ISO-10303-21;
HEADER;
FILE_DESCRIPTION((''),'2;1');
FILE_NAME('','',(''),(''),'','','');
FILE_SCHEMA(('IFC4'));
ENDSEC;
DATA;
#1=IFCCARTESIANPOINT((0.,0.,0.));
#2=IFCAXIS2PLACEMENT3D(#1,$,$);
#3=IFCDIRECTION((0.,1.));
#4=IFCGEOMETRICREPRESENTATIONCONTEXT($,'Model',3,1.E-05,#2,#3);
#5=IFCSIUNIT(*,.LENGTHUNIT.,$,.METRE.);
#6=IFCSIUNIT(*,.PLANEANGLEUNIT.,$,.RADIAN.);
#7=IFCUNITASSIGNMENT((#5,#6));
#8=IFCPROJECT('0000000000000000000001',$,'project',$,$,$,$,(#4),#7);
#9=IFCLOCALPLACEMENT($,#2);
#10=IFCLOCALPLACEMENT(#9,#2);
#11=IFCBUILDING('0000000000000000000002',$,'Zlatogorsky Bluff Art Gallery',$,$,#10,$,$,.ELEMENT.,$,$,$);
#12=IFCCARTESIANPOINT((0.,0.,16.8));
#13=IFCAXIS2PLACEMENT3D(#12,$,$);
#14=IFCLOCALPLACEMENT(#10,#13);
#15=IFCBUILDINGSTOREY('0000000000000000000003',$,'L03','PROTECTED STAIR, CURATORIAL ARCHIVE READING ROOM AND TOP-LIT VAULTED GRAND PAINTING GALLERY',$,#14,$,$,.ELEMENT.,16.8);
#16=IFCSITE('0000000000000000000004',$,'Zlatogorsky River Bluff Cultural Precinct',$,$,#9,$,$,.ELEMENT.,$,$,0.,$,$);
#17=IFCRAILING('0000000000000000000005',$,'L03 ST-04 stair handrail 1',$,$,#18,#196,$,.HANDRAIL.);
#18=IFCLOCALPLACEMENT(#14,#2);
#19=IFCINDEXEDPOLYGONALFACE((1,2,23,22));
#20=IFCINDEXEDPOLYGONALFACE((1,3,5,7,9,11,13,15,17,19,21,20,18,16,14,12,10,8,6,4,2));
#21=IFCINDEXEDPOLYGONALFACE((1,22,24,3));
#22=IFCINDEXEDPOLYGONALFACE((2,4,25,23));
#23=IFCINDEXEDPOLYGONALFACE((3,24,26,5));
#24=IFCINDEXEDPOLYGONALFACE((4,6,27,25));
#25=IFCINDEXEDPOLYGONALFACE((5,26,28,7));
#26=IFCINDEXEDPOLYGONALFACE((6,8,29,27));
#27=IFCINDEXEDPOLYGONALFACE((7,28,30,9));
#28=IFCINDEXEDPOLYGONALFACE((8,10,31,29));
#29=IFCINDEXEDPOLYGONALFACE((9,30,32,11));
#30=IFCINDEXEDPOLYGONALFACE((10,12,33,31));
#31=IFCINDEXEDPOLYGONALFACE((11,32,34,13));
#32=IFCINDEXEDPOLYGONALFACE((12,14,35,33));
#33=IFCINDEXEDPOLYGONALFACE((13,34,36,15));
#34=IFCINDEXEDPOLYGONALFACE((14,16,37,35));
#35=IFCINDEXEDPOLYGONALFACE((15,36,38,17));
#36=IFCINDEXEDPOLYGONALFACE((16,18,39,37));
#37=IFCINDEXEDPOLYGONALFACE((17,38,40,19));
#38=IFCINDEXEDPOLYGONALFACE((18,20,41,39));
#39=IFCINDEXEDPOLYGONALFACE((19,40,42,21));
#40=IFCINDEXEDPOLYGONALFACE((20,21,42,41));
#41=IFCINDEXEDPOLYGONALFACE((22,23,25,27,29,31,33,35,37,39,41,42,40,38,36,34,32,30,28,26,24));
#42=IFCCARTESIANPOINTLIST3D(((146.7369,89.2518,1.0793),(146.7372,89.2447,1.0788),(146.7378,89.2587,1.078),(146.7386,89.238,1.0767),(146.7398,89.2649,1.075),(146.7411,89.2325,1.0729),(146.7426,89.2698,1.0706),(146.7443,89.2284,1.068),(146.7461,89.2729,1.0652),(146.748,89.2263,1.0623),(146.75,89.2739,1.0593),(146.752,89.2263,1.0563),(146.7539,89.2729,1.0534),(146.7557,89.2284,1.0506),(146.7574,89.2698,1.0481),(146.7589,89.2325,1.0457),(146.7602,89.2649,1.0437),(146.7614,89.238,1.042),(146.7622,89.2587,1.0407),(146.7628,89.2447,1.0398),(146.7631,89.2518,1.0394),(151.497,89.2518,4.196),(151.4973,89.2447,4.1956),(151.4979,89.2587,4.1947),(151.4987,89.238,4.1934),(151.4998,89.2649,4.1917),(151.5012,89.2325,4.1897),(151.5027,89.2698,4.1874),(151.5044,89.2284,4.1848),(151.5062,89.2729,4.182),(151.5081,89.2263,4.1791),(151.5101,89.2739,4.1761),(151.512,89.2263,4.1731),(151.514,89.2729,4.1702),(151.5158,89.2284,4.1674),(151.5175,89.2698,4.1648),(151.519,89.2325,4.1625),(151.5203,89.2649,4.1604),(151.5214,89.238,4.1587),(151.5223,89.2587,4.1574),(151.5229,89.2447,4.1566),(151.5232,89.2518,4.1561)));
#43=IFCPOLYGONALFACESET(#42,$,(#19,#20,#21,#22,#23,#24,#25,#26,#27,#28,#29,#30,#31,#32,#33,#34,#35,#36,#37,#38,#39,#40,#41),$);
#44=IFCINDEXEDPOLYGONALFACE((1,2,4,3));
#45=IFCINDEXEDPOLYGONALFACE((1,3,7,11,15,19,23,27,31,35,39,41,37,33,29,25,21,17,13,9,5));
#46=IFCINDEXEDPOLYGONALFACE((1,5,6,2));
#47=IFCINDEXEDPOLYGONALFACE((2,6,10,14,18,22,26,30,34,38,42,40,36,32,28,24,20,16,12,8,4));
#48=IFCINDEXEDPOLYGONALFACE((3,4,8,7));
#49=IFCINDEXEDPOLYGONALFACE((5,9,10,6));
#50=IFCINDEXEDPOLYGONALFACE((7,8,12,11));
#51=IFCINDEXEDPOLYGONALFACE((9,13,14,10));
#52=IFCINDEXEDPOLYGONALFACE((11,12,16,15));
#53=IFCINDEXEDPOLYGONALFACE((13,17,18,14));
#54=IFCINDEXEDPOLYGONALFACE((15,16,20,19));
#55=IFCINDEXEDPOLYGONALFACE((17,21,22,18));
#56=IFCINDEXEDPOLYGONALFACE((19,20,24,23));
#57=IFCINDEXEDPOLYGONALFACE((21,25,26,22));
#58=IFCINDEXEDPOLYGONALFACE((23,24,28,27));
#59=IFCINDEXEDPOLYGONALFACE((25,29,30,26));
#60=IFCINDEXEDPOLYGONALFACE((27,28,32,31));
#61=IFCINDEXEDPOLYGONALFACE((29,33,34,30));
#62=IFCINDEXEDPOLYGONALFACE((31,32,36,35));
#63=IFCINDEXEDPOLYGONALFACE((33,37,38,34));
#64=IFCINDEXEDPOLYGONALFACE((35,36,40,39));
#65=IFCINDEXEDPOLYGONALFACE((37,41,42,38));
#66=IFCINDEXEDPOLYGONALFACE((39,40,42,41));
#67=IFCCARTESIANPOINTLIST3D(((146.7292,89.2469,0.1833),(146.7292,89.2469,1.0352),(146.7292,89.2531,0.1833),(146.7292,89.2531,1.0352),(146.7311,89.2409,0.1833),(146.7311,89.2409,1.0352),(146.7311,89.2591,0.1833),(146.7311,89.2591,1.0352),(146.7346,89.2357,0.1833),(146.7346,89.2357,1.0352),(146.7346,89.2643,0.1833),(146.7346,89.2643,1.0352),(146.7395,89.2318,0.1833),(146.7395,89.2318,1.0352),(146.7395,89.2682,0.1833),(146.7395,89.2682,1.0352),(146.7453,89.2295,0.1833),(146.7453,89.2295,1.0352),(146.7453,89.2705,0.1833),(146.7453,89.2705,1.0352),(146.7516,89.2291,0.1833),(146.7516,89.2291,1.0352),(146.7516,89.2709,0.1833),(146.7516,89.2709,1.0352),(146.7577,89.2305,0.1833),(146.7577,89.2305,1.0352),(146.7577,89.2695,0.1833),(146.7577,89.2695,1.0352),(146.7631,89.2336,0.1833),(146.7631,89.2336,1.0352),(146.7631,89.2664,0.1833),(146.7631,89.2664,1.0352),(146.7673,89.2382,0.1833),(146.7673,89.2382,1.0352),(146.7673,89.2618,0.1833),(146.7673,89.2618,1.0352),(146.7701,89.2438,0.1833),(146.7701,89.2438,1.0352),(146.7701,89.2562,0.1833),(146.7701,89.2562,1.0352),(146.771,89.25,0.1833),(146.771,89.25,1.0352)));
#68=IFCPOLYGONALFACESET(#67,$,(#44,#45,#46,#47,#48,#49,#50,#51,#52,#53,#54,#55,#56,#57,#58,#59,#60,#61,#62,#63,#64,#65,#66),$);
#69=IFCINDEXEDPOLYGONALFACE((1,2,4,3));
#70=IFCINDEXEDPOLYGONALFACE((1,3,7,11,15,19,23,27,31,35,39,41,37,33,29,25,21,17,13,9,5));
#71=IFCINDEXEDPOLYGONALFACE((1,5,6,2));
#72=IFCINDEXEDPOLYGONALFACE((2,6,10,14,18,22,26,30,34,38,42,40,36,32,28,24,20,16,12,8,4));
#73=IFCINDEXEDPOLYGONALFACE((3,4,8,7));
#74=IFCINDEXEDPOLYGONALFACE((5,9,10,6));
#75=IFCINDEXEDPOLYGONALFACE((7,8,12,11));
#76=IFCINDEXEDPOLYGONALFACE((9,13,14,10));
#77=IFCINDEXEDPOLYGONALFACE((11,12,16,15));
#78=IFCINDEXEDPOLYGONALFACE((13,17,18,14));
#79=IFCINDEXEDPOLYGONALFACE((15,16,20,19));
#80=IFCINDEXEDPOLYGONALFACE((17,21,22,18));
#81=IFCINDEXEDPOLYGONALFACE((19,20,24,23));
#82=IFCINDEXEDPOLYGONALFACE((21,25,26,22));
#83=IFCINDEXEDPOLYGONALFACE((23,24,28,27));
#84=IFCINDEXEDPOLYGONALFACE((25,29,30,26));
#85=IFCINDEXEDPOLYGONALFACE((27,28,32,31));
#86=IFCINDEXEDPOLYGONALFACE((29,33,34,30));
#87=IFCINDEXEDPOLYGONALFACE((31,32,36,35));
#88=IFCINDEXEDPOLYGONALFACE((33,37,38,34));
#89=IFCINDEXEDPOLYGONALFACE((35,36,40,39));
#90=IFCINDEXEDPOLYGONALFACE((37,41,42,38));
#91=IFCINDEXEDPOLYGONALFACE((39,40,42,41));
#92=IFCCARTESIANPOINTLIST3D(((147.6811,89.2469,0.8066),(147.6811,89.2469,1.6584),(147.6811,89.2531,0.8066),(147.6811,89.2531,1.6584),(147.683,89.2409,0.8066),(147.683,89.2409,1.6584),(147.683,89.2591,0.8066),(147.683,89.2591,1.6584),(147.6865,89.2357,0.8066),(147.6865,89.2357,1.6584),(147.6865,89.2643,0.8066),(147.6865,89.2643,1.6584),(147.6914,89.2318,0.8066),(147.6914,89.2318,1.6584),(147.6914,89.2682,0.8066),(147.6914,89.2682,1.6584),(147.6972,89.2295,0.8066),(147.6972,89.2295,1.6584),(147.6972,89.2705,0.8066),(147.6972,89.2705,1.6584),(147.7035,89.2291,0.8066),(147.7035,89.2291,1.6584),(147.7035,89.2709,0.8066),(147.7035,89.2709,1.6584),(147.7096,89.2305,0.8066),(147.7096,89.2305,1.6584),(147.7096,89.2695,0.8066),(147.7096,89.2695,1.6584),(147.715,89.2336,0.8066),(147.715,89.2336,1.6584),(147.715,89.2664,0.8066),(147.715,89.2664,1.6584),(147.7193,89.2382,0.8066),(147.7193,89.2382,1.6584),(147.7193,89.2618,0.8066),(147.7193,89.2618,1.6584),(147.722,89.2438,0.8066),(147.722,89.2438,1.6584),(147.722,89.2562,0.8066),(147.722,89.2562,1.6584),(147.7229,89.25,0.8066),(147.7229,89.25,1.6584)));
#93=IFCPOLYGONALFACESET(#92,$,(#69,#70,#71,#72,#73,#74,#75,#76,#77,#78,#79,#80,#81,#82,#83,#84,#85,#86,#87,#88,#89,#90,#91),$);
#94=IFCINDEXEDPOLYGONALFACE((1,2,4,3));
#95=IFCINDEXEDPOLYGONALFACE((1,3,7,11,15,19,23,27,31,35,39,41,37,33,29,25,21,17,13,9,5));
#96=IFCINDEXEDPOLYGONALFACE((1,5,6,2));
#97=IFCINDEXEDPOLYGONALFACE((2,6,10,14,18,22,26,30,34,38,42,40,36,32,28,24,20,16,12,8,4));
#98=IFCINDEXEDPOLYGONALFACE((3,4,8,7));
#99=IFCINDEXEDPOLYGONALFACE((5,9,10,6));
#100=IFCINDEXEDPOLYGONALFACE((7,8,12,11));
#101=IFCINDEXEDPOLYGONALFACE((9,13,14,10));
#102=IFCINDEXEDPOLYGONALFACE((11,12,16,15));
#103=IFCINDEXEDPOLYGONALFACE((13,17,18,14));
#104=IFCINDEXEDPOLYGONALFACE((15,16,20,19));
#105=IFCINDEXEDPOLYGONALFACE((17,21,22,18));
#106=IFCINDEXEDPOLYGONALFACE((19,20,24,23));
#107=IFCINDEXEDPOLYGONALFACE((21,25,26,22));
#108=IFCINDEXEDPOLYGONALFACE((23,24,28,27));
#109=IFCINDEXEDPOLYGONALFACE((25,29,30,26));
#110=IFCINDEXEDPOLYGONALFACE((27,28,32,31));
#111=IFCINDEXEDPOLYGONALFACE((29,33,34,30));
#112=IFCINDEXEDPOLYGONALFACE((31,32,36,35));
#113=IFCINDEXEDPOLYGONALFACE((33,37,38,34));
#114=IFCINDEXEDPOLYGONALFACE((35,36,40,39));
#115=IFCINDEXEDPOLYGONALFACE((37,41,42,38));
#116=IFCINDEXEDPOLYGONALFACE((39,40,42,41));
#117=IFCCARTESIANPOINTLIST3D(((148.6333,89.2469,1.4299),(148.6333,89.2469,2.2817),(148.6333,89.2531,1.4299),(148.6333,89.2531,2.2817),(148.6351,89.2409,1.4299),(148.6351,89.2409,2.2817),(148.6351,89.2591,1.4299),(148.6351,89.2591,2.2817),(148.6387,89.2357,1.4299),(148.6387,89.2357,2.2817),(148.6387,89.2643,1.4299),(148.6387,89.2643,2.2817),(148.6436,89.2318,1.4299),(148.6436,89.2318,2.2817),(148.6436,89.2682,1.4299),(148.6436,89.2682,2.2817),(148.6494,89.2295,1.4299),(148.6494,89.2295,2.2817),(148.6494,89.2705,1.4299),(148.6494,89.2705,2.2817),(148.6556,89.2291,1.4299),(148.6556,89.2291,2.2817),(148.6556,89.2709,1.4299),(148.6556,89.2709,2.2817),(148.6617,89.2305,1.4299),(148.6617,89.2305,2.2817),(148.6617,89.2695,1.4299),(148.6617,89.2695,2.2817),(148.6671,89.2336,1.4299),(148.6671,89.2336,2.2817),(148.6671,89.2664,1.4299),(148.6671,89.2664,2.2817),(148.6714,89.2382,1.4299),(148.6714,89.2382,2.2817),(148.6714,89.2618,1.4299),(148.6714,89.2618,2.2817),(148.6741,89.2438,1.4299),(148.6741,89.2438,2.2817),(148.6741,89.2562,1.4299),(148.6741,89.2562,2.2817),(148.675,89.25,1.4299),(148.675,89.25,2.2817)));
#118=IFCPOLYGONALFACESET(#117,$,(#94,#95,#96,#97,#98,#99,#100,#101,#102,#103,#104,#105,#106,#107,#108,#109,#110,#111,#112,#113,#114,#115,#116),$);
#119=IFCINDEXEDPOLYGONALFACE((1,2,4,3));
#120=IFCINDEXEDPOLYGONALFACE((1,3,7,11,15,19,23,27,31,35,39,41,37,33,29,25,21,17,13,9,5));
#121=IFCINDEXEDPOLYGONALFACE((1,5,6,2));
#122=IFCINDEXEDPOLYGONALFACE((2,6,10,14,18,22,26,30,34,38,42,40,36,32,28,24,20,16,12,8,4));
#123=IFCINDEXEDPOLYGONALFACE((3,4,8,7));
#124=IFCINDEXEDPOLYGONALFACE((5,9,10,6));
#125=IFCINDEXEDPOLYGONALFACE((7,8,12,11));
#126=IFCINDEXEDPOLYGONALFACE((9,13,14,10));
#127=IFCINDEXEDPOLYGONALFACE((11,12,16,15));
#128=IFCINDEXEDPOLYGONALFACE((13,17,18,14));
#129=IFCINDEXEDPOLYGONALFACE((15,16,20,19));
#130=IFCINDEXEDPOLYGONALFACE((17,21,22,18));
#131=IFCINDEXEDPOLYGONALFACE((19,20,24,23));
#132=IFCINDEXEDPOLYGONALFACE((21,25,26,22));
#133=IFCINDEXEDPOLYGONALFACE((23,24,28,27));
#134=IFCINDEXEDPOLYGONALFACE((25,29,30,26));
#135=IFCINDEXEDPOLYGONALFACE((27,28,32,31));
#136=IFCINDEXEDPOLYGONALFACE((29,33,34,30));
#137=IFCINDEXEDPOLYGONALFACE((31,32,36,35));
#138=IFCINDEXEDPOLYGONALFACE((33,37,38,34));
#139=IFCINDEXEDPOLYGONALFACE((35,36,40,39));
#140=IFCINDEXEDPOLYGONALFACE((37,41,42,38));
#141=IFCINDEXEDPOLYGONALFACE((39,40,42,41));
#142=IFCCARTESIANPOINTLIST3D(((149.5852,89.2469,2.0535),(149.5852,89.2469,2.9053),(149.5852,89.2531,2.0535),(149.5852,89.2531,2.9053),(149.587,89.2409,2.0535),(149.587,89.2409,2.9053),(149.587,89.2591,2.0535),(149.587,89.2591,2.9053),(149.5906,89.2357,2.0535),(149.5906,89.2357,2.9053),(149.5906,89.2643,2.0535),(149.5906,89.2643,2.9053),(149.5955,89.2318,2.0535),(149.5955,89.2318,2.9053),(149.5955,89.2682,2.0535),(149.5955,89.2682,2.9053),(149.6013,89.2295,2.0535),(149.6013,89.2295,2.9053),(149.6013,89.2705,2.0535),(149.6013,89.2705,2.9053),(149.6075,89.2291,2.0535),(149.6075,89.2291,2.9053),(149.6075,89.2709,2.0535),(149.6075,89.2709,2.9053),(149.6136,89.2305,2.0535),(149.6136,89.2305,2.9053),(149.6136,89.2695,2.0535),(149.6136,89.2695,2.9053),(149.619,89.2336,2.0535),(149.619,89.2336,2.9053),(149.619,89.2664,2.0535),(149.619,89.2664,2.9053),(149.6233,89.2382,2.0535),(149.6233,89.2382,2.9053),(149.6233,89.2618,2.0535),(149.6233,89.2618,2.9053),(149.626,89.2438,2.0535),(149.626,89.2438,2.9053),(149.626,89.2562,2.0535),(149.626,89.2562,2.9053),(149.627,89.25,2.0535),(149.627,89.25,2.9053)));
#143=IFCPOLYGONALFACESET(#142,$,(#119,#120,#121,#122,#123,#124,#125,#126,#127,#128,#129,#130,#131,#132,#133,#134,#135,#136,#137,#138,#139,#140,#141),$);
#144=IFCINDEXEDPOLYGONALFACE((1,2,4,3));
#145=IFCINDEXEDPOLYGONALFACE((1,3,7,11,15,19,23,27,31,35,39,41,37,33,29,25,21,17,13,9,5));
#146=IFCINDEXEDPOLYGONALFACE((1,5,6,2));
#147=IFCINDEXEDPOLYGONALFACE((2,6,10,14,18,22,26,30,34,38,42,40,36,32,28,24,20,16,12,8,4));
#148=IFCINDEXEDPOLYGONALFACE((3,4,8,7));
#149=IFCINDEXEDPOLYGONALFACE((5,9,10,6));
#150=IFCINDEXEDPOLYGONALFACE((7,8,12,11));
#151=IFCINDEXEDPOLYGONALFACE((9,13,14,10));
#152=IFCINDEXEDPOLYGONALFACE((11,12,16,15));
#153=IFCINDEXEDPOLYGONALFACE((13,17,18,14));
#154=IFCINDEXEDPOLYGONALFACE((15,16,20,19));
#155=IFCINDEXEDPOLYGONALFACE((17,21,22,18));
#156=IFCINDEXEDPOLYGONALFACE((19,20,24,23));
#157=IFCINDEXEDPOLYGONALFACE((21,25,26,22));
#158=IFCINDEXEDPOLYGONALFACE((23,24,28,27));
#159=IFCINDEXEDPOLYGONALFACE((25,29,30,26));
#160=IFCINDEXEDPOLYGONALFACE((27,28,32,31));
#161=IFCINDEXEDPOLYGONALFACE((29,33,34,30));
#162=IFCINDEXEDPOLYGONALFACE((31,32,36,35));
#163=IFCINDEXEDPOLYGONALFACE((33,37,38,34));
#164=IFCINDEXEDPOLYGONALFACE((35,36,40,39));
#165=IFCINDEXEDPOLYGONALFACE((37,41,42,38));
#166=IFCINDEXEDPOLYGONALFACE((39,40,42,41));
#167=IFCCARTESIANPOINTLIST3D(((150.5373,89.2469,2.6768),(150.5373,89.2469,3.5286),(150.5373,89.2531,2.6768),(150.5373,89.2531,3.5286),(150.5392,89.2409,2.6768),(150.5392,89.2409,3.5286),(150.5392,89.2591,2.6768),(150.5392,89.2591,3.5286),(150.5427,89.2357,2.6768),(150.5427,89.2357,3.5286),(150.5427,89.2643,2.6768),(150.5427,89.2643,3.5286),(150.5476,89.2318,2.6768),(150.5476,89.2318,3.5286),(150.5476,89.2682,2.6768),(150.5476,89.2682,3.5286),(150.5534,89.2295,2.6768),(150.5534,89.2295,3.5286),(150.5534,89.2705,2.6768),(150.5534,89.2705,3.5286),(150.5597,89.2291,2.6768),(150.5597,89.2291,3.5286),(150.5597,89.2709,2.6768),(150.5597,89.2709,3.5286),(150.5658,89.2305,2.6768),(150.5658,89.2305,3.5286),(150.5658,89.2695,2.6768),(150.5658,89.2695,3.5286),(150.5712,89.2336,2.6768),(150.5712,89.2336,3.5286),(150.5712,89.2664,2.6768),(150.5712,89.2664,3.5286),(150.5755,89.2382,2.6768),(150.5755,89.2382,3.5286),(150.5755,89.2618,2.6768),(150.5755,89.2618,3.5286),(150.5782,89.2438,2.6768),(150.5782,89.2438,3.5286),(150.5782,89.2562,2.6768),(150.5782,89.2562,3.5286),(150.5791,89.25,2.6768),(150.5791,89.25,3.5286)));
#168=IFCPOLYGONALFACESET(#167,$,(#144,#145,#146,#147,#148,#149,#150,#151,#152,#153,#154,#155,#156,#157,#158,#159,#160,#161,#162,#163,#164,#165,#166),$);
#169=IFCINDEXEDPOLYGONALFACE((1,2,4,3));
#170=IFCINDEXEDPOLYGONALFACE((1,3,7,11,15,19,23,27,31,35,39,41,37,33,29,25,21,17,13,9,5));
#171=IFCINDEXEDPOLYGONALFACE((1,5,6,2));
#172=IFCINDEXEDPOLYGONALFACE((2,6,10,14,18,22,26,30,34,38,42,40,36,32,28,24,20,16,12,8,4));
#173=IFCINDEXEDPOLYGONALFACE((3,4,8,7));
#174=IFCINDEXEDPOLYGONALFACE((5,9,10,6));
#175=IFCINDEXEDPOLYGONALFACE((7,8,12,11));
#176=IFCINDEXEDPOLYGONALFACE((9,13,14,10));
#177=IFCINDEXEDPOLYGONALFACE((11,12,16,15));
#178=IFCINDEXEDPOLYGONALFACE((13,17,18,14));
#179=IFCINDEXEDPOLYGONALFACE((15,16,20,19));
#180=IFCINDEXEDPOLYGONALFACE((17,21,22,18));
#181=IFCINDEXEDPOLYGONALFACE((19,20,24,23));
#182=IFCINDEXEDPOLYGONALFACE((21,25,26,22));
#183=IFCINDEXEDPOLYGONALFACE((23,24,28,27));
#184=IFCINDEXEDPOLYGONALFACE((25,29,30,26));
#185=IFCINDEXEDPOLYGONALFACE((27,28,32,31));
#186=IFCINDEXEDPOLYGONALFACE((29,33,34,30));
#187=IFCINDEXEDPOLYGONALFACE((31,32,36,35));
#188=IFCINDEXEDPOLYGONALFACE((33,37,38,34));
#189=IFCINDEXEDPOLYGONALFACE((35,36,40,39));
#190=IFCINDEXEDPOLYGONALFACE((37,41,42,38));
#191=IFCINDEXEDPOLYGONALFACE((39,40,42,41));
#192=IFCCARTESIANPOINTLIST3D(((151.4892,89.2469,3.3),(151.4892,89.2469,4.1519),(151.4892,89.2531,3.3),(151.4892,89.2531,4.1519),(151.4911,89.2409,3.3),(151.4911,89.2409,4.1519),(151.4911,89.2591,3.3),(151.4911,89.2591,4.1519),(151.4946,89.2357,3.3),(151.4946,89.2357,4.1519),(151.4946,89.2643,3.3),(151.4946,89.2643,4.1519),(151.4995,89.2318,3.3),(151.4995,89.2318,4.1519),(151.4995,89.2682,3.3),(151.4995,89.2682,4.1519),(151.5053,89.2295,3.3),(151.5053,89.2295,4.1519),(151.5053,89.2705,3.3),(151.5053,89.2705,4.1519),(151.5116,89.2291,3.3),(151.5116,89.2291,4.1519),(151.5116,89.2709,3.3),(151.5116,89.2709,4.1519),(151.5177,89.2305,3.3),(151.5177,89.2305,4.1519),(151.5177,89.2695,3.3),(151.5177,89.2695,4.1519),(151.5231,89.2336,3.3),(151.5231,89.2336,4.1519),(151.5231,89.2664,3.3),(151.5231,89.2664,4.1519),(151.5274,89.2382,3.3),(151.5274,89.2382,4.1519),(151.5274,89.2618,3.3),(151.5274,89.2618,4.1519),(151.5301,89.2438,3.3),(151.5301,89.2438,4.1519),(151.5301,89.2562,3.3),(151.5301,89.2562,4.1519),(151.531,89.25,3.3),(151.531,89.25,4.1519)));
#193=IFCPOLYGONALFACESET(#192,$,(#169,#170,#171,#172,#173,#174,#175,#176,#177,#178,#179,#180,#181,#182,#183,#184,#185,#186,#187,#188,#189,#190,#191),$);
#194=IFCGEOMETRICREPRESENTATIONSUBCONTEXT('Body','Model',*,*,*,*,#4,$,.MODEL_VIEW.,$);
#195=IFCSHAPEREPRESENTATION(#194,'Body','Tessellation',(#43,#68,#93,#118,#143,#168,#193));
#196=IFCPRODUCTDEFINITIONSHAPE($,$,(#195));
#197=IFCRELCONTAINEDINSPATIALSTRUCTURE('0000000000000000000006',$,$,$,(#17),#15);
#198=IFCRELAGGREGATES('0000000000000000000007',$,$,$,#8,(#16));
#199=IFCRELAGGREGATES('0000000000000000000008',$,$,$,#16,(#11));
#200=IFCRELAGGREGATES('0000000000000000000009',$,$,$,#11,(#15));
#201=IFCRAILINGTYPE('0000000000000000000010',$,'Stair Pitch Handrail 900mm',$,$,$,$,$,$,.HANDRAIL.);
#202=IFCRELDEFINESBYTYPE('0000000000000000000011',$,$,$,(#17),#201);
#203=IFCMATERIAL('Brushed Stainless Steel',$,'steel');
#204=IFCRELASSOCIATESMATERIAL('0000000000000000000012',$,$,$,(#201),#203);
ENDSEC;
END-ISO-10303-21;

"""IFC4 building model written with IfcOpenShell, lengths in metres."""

from ifc_helpers import new_model, si_unit, direction, frame, origin, origin_2d, place, context, subcontext, project, spatial, circle, extrude, material, type_object, element, save


model = new_model("IFC4")

# Units and contexts
model_context = context("Model", 3, precision=1e-05, world=origin(), true_north=direction((0.0, 1.0)))
body_context = subcontext(model_context, "Body", "Model", "MODEL_VIEW")
ifc_project = project(units=[si_unit("LENGTHUNIT", "METRE"), si_unit("PLANEANGLEUNIT", "RADIAN")], contexts=[model_context])

# Site, building, storey
site_placement = place(None, origin())
site = spatial("IfcSite", under=ifc_project, at=site_placement, Name="Zlatogorsky River Bluff Cultural Precinct", CompositionType="ELEMENT", RefElevation=0.0)
building_placement = place(site_placement, origin())
building = spatial("IfcBuilding", under=site, at=building_placement, Name="Zlatogorsky Bluff Art Gallery", CompositionType="ELEMENT")
storey_placement = place(building_placement, frame((0.0, 0.0, 16.8)))
storey = spatial("IfcBuildingStorey", under=building, at=storey_placement, Name="L03", Description="PROTECTED STAIR, CURATORIAL ARCHIVE READING ROOM AND TOP-LIT VAULTED GRAND PAINTING GALLERY", CompositionType="ELEMENT", Elevation=16.8)

# Railing
ifc_material_1 = material(Name="Brushed Stainless Steel", Category="steel")
railing_type_1 = type_object("IfcRailingType", Name="Stair Pitch Handrail 900mm", PredefinedType="HANDRAIL", material=ifc_material_1)
railing_1_placement = place(storey_placement, frame((146.75, 89.25, 0.1833)))
element("IfcRailing", 1, at=railing_1_placement, inside=storey, type_object=railing_type_1, Name="L03 ST-04 stair handrail 1", PredefinedType="HANDRAIL", context=body_context, shape_type="SweptSolid", body=[
    extrude(circle(Radius=0.0239, at=origin_2d()), frame((0.0, 0.0, 0.876), z_axis=(0.836616, 0.0, 0.547789), x_axis=(0.0, 1.0, 0.0)), (0.0, 0.0, 1.0), 5.6897),
    extrude(circle(Radius=0.021, at=origin_2d()), origin(), (0.0, 0.0, 1.0), 0.8518),
    extrude(circle(Radius=0.021, at=origin_2d()), frame((0.9519, 0.0, 0.6233)), (0.0, 0.0, 1.0), 0.8518),
    extrude(circle(Radius=0.021, at=origin_2d()), frame((1.9041, 0.0, 1.2466)), (0.0, 0.0, 1.0), 0.8518),
    extrude(circle(Radius=0.021, at=origin_2d()), frame((2.856, 0.0, 1.8701)), (0.0, 0.0, 1.0), 0.8518),
    extrude(circle(Radius=0.021, at=origin_2d()), frame((3.8081, 0.0, 2.4934)), (0.0, 0.0, 1.0), 0.8518),
    extrude(circle(Radius=0.021, at=origin_2d()), frame((4.76, 0.0, 3.1167)), (0.0, 0.0, 1.0), 0.8518),
])

save(model, "model.ifc")
